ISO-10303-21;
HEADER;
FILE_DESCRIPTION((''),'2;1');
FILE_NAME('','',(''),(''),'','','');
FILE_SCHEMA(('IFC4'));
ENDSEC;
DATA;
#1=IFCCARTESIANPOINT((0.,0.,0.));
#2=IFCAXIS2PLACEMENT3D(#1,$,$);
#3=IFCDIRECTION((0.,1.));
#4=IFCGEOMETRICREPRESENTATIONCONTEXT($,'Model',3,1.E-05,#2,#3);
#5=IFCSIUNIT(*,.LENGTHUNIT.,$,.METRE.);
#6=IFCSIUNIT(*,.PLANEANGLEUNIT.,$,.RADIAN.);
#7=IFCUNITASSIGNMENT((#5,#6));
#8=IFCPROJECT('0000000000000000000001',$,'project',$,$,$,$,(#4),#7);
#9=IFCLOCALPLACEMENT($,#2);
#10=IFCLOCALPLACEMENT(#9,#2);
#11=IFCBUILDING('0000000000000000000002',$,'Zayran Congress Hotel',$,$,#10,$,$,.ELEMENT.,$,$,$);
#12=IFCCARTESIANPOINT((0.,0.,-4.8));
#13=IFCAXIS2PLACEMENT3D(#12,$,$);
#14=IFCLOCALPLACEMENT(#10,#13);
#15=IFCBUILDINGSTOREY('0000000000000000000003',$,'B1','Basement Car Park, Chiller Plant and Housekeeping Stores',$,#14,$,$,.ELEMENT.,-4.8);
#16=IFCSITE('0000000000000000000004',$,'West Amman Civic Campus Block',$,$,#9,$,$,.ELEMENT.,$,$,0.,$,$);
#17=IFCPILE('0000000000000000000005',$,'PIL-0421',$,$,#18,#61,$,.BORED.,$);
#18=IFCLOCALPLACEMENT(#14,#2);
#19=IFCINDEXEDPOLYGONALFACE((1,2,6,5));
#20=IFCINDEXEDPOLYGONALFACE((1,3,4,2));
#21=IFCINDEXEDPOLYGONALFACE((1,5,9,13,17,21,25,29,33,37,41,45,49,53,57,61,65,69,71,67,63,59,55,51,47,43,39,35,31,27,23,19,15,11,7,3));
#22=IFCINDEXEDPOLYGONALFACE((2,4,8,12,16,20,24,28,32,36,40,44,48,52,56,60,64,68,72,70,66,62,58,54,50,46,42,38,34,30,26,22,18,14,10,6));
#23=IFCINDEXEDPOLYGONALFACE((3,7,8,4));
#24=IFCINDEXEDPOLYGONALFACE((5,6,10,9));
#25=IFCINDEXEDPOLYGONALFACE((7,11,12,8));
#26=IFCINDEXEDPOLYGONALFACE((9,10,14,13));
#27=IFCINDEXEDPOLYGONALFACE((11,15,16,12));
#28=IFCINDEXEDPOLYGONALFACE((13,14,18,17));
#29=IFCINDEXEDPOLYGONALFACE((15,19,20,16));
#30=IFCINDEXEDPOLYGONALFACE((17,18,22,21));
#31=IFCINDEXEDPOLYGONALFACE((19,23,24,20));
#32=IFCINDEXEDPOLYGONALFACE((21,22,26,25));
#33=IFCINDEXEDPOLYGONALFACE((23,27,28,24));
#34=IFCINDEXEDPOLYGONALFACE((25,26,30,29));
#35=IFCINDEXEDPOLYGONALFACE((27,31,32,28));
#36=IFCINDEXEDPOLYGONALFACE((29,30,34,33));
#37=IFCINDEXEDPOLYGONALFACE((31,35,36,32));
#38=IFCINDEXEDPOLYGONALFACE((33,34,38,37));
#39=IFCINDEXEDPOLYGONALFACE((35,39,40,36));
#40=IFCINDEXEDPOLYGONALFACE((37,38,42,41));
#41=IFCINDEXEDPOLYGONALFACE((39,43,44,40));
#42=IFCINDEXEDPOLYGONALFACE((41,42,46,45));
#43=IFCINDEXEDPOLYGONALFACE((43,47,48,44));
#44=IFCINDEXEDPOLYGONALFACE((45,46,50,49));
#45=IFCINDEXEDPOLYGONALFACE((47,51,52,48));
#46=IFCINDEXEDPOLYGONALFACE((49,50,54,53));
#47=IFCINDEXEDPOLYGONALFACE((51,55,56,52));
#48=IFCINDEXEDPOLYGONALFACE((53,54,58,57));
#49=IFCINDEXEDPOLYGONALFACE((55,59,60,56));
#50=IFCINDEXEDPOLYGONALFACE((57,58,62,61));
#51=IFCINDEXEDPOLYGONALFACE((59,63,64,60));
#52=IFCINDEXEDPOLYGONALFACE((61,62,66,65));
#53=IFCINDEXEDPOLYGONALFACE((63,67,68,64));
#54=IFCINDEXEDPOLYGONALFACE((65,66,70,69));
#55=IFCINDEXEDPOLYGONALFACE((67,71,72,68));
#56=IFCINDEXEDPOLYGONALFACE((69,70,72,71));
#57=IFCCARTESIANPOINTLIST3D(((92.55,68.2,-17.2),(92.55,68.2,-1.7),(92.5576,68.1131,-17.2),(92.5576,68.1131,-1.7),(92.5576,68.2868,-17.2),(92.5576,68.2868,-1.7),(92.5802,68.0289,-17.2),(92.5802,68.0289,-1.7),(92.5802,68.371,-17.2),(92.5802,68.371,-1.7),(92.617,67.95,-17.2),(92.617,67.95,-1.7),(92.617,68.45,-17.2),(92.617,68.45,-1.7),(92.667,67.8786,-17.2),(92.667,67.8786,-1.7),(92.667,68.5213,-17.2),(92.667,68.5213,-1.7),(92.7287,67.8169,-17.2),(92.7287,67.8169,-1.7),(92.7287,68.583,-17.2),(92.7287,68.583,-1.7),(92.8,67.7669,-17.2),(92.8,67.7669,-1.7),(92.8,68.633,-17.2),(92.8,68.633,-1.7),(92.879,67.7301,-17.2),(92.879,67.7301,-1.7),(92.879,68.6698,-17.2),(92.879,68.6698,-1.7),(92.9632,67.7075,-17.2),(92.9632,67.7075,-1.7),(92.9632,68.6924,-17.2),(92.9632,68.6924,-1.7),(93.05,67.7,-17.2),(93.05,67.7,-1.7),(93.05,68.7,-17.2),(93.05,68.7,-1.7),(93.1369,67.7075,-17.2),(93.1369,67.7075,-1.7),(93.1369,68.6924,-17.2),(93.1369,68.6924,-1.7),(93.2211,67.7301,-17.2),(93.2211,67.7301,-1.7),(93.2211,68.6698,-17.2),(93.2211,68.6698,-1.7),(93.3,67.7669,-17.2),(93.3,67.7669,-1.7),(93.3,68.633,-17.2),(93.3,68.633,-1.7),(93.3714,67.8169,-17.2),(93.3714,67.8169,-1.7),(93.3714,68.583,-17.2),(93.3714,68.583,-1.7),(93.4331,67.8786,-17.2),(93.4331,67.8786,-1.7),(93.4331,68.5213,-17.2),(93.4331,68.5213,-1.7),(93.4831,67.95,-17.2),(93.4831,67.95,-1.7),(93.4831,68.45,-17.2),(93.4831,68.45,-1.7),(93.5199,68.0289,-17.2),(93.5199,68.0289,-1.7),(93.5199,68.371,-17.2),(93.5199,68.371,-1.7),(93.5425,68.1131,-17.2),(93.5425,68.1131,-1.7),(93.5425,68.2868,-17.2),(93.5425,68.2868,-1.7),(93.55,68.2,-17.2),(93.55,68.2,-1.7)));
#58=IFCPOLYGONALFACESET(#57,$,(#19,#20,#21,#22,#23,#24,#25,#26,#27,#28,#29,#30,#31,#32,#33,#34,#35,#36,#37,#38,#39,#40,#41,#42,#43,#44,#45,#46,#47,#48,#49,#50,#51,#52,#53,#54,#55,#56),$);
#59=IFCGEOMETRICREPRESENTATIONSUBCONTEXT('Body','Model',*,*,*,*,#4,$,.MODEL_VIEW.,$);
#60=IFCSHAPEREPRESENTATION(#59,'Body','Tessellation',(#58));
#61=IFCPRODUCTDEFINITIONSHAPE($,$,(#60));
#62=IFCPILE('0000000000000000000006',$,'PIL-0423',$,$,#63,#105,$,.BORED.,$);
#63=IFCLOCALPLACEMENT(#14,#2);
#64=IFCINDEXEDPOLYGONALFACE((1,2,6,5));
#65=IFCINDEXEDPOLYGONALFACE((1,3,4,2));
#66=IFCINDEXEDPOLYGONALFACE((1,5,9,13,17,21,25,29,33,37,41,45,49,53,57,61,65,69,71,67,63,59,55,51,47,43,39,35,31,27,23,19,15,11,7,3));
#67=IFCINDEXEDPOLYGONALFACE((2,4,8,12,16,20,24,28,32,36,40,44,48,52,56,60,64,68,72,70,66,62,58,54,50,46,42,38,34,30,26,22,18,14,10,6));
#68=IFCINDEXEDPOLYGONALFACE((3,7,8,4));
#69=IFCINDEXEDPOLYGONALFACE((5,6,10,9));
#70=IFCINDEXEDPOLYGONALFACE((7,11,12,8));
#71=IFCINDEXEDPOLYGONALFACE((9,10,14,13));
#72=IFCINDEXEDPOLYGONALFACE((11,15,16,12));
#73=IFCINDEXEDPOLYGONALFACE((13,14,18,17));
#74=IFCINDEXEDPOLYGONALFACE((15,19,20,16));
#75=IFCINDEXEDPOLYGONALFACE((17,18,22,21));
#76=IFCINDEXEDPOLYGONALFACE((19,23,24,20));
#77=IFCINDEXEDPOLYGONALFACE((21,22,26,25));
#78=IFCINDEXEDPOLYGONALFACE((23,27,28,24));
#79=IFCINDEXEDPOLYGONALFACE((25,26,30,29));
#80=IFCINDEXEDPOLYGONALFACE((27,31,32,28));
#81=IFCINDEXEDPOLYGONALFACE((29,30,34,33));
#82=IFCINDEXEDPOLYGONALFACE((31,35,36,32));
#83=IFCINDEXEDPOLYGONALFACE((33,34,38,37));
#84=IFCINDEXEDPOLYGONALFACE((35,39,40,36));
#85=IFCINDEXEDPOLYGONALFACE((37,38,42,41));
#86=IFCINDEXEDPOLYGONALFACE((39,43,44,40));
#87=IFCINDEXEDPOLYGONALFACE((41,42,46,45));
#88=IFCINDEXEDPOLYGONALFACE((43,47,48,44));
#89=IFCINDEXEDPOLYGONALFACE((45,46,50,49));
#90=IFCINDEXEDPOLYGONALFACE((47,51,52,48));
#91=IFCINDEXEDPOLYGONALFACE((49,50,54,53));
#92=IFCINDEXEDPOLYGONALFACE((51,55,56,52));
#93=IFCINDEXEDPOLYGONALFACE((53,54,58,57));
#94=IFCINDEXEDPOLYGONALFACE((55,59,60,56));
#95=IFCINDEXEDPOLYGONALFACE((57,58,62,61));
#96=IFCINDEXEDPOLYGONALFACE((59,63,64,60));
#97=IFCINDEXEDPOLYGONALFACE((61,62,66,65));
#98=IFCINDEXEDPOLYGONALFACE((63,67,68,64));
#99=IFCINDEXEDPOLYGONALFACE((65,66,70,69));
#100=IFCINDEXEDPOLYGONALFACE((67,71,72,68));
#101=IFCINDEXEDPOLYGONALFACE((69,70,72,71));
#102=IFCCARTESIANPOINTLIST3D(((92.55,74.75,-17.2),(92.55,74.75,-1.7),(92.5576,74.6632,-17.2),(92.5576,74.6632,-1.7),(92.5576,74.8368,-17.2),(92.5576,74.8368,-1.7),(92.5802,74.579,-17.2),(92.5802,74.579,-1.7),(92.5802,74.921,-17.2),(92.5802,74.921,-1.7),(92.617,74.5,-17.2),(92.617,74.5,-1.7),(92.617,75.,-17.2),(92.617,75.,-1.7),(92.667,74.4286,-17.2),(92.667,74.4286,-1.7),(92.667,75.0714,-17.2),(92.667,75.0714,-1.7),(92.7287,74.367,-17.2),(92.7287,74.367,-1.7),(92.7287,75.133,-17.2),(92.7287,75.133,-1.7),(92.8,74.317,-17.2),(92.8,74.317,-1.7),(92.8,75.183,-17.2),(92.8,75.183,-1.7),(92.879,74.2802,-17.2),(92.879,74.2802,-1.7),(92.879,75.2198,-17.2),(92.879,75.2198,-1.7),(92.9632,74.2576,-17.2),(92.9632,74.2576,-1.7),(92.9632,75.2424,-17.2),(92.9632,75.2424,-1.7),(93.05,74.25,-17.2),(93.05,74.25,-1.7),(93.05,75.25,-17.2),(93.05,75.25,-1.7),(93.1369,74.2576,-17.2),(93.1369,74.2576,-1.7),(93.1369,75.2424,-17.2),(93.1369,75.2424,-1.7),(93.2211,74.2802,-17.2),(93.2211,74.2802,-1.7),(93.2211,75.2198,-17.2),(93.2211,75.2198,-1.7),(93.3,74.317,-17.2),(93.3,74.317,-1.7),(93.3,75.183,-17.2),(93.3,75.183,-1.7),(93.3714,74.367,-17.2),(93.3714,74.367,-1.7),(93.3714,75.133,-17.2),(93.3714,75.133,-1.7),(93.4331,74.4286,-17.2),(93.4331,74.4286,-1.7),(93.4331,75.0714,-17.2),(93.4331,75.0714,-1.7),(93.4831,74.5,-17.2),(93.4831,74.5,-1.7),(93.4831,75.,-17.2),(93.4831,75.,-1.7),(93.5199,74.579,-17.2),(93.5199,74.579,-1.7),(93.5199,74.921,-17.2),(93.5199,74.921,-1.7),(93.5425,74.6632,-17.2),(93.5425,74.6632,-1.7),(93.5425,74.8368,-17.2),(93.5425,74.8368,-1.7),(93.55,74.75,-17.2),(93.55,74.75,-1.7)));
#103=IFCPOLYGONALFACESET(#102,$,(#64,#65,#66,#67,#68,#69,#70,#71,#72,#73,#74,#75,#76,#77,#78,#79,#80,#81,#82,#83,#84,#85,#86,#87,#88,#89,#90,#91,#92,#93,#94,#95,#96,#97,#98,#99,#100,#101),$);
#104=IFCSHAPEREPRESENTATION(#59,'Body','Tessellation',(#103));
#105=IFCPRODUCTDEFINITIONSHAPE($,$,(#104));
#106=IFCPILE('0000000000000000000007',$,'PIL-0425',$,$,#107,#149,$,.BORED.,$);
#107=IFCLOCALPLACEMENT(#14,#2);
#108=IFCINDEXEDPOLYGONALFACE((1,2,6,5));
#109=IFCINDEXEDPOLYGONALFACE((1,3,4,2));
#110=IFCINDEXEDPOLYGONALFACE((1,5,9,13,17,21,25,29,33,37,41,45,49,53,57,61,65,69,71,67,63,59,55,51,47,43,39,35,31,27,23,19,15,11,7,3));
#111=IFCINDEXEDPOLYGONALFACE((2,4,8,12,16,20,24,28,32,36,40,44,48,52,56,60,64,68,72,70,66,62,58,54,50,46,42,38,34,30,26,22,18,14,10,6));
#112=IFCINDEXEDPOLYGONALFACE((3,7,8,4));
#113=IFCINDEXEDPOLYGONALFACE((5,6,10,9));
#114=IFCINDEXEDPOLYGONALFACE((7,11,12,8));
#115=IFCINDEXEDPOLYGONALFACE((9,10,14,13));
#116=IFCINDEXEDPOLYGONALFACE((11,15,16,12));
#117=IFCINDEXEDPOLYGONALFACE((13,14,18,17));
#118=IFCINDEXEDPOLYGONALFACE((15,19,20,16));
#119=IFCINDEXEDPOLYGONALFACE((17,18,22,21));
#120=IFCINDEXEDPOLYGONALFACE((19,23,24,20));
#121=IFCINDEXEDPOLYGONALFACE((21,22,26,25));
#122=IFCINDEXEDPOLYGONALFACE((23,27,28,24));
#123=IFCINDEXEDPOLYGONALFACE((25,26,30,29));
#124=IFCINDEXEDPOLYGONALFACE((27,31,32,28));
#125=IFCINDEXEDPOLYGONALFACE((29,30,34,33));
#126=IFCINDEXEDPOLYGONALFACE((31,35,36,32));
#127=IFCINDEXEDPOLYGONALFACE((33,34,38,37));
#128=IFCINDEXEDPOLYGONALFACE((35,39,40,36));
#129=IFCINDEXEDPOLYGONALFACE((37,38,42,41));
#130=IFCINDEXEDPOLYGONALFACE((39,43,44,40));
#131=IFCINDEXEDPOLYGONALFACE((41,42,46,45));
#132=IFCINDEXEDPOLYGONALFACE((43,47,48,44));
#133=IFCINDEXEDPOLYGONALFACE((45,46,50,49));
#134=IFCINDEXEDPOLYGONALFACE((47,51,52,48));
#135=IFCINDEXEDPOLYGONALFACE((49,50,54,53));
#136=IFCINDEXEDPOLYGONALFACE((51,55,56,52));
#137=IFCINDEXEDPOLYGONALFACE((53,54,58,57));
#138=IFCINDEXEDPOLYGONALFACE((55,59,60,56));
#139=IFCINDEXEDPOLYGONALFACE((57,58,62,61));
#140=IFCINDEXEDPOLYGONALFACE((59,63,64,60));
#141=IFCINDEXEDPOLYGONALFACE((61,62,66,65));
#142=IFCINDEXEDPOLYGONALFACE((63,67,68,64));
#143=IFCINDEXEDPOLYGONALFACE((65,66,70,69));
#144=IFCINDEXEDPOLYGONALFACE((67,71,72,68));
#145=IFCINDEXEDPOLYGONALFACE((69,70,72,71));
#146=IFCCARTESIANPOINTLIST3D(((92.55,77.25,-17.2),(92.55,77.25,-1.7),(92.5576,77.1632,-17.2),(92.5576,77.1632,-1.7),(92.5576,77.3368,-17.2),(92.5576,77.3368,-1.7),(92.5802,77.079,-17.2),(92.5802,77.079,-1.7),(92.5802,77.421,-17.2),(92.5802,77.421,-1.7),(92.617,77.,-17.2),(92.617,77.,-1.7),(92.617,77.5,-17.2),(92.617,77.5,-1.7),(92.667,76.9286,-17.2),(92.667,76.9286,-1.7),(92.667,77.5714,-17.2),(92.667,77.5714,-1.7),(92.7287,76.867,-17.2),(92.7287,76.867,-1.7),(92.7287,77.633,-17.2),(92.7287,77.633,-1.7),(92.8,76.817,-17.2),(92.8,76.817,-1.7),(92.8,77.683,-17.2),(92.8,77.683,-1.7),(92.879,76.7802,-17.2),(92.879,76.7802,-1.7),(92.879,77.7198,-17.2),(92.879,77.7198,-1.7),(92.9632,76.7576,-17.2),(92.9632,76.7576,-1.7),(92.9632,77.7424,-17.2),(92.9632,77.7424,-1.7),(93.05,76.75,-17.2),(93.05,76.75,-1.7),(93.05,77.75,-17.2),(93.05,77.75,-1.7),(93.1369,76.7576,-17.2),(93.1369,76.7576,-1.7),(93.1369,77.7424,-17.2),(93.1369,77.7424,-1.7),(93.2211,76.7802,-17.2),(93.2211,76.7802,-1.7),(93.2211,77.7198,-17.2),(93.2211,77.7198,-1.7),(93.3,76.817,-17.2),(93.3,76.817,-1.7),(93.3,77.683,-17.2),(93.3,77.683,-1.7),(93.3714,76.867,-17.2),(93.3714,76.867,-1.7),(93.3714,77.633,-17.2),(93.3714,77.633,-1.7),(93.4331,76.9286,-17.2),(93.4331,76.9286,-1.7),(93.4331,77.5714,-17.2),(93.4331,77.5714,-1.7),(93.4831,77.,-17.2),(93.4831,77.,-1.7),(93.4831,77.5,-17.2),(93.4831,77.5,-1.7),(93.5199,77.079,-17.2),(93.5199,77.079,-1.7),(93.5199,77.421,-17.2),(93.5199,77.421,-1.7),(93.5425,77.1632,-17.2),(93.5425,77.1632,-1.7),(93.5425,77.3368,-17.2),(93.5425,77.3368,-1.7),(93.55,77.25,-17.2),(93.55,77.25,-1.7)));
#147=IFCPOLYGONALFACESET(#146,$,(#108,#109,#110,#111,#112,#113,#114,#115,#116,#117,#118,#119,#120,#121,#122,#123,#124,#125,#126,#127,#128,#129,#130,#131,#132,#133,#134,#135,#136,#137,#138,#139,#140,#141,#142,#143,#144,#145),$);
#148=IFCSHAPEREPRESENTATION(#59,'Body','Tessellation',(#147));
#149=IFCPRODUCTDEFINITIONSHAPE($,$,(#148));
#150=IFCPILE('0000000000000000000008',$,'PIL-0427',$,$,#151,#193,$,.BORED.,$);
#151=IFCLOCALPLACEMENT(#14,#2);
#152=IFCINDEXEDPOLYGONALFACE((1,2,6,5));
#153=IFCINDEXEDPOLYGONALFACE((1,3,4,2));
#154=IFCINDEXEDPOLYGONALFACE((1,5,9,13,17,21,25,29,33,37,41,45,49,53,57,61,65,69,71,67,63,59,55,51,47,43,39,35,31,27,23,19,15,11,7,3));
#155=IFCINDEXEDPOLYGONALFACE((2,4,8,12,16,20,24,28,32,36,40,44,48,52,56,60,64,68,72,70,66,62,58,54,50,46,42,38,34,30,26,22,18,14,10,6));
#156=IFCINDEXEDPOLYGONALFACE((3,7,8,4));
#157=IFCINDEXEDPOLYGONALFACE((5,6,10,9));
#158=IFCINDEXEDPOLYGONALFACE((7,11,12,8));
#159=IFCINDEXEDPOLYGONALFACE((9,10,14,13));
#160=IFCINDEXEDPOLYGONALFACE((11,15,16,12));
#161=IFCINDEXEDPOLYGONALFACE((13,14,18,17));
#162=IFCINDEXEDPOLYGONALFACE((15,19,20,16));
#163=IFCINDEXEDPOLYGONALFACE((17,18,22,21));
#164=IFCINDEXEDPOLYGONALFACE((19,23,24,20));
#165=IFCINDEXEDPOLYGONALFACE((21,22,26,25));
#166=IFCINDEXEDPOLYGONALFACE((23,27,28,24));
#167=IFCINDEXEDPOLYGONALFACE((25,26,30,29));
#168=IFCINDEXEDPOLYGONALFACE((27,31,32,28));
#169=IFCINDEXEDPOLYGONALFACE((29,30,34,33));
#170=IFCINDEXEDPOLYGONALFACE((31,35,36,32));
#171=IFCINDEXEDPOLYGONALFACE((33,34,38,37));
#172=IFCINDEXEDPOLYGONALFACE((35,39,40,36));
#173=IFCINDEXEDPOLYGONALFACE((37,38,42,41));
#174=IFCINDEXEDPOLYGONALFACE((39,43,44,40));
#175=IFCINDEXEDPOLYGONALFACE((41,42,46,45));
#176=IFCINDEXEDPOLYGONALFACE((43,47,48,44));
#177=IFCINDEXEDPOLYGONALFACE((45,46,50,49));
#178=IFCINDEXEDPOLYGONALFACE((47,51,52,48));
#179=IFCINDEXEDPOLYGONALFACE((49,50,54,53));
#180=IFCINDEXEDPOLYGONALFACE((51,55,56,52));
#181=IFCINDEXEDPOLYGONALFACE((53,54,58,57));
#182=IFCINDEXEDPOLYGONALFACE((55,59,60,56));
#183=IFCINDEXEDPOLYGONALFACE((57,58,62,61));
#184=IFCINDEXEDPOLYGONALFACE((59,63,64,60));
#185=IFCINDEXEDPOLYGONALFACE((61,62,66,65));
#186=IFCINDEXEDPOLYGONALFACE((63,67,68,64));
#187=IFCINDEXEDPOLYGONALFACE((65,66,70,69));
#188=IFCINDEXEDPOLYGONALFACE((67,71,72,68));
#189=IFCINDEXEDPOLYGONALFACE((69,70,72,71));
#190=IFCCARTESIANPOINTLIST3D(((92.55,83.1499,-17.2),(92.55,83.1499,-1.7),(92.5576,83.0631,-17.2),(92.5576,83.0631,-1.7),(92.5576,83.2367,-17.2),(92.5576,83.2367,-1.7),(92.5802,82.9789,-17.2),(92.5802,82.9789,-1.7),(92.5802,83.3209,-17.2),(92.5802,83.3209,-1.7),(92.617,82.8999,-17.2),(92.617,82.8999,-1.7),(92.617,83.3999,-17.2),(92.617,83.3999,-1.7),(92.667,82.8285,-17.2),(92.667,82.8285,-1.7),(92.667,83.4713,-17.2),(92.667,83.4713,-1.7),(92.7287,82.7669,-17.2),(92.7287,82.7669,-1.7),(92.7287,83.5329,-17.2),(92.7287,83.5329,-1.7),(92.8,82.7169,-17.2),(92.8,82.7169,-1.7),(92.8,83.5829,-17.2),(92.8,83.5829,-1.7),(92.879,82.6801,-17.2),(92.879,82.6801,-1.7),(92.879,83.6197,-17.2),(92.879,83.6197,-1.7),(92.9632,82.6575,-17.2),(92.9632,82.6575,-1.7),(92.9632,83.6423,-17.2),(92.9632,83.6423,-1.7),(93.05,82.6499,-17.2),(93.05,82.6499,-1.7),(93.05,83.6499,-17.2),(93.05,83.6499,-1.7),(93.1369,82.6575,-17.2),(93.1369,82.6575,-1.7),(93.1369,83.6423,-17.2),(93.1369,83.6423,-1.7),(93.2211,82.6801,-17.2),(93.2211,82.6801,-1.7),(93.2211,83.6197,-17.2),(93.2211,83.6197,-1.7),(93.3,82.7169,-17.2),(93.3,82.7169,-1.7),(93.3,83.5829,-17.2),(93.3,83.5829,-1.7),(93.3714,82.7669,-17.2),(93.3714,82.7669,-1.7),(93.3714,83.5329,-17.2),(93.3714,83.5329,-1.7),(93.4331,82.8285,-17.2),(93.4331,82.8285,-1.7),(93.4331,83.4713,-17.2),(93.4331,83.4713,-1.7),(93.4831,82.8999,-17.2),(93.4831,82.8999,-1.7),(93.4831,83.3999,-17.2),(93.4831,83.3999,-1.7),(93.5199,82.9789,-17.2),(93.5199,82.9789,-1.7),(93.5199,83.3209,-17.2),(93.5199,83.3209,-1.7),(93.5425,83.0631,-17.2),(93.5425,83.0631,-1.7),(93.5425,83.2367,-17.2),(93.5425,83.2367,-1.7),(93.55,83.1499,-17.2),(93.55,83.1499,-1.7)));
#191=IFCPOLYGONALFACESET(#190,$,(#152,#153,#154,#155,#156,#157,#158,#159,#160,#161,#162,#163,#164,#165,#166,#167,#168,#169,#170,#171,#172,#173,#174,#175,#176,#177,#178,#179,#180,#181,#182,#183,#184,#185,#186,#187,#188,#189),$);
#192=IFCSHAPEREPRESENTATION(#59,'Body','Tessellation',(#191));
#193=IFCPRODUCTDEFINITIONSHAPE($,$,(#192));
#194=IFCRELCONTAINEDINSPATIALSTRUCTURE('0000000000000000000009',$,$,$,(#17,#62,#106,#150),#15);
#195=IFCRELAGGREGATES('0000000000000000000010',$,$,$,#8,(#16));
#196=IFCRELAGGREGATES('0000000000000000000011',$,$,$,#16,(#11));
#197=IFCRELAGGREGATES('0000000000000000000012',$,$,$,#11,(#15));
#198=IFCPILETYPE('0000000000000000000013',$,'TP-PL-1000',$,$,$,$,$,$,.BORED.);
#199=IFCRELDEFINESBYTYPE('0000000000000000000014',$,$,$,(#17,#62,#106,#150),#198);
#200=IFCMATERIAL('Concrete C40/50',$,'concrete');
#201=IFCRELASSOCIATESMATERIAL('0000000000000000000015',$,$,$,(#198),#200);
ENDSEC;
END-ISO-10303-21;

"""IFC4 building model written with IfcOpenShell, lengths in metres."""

from ifc_helpers import new_model, si_unit, direction, frame, origin, origin_2d, place, context, subcontext, project, spatial, circle, extrude, material, material_profile, profile_set, type_object, element, save


model = new_model("IFC4")

# Units and contexts
model_context = context("Model", 3, precision=1e-05, world=origin(), true_north=direction((0.0, 1.0)))
body_context = subcontext(model_context, "Body", "Model", "MODEL_VIEW")
ifc_project = project(units=[si_unit("LENGTHUNIT", "METRE"), si_unit("PLANEANGLEUNIT", "RADIAN")], contexts=[model_context])

# Site, building, storey
site_placement = place(None, origin())
site = spatial("IfcSite", under=ifc_project, at=site_placement, Name="West Amman Civic Campus Block", CompositionType="ELEMENT", RefElevation=0.0)
building_placement = place(site_placement, origin())
building = spatial("IfcBuilding", under=site, at=building_placement, Name="Zayran Congress Hotel", CompositionType="ELEMENT")
storey_placement = place(building_placement, frame((0.0, 0.0, -4.8)))
storey = spatial("IfcBuildingStorey", under=building, at=storey_placement, Name="B1", Description="Basement Car Park, Chiller Plant and Housekeeping Stores", CompositionType="ELEMENT", Elevation=-4.8)

# Piles
ifc_material_1 = material(Name="Concrete C40/50", Category="concrete")
ifc_material_profile_1 = material_profile(ifc_material_1, circle(Radius=0.5, at=origin_2d()), Name="PILE D1000")
ifc_profile_set_1 = profile_set([ifc_material_profile_1], Name="Concrete C40/50")
pile_type = type_object("IfcPileType", Name="TP-PL-1000", PredefinedType="BORED", material=ifc_profile_set_1)
for number, where, z_axis, x_axis, name in (
    (1, (93.05, 68.2, -1.7), (0.0, 0.0, -1.0), (1.0, 0.0, 0.0), "PIL-0421"),
    (2, (93.05, 74.75, -1.7), (0.0, 0.0, -1.0), (1.0, 0.0, 0.0), "PIL-0423"),
    (3, (93.05, 77.25, -1.7), (0.0, 0.0, -1.0), (1.0, 0.0, 0.0), "PIL-0425"),
    (4, (93.05, 83.1499, -1.7), (0.0, 0.0, -1.0), (1.0, 0.0, 0.0), "PIL-0427"),
):
    element("IfcPile", number, at=place(storey_placement, frame(where, z_axis=z_axis, x_axis=x_axis)), inside=storey, type_object=pile_type, Name=name, PredefinedType="BORED", context=body_context, shape_type="SweptSolid", body=[
        extrude(circle(Radius=0.5, at=origin_2d()), origin(), (0.0, 0.0, 1.0), 15.5),
    ])

save(model, "model.ifc")
